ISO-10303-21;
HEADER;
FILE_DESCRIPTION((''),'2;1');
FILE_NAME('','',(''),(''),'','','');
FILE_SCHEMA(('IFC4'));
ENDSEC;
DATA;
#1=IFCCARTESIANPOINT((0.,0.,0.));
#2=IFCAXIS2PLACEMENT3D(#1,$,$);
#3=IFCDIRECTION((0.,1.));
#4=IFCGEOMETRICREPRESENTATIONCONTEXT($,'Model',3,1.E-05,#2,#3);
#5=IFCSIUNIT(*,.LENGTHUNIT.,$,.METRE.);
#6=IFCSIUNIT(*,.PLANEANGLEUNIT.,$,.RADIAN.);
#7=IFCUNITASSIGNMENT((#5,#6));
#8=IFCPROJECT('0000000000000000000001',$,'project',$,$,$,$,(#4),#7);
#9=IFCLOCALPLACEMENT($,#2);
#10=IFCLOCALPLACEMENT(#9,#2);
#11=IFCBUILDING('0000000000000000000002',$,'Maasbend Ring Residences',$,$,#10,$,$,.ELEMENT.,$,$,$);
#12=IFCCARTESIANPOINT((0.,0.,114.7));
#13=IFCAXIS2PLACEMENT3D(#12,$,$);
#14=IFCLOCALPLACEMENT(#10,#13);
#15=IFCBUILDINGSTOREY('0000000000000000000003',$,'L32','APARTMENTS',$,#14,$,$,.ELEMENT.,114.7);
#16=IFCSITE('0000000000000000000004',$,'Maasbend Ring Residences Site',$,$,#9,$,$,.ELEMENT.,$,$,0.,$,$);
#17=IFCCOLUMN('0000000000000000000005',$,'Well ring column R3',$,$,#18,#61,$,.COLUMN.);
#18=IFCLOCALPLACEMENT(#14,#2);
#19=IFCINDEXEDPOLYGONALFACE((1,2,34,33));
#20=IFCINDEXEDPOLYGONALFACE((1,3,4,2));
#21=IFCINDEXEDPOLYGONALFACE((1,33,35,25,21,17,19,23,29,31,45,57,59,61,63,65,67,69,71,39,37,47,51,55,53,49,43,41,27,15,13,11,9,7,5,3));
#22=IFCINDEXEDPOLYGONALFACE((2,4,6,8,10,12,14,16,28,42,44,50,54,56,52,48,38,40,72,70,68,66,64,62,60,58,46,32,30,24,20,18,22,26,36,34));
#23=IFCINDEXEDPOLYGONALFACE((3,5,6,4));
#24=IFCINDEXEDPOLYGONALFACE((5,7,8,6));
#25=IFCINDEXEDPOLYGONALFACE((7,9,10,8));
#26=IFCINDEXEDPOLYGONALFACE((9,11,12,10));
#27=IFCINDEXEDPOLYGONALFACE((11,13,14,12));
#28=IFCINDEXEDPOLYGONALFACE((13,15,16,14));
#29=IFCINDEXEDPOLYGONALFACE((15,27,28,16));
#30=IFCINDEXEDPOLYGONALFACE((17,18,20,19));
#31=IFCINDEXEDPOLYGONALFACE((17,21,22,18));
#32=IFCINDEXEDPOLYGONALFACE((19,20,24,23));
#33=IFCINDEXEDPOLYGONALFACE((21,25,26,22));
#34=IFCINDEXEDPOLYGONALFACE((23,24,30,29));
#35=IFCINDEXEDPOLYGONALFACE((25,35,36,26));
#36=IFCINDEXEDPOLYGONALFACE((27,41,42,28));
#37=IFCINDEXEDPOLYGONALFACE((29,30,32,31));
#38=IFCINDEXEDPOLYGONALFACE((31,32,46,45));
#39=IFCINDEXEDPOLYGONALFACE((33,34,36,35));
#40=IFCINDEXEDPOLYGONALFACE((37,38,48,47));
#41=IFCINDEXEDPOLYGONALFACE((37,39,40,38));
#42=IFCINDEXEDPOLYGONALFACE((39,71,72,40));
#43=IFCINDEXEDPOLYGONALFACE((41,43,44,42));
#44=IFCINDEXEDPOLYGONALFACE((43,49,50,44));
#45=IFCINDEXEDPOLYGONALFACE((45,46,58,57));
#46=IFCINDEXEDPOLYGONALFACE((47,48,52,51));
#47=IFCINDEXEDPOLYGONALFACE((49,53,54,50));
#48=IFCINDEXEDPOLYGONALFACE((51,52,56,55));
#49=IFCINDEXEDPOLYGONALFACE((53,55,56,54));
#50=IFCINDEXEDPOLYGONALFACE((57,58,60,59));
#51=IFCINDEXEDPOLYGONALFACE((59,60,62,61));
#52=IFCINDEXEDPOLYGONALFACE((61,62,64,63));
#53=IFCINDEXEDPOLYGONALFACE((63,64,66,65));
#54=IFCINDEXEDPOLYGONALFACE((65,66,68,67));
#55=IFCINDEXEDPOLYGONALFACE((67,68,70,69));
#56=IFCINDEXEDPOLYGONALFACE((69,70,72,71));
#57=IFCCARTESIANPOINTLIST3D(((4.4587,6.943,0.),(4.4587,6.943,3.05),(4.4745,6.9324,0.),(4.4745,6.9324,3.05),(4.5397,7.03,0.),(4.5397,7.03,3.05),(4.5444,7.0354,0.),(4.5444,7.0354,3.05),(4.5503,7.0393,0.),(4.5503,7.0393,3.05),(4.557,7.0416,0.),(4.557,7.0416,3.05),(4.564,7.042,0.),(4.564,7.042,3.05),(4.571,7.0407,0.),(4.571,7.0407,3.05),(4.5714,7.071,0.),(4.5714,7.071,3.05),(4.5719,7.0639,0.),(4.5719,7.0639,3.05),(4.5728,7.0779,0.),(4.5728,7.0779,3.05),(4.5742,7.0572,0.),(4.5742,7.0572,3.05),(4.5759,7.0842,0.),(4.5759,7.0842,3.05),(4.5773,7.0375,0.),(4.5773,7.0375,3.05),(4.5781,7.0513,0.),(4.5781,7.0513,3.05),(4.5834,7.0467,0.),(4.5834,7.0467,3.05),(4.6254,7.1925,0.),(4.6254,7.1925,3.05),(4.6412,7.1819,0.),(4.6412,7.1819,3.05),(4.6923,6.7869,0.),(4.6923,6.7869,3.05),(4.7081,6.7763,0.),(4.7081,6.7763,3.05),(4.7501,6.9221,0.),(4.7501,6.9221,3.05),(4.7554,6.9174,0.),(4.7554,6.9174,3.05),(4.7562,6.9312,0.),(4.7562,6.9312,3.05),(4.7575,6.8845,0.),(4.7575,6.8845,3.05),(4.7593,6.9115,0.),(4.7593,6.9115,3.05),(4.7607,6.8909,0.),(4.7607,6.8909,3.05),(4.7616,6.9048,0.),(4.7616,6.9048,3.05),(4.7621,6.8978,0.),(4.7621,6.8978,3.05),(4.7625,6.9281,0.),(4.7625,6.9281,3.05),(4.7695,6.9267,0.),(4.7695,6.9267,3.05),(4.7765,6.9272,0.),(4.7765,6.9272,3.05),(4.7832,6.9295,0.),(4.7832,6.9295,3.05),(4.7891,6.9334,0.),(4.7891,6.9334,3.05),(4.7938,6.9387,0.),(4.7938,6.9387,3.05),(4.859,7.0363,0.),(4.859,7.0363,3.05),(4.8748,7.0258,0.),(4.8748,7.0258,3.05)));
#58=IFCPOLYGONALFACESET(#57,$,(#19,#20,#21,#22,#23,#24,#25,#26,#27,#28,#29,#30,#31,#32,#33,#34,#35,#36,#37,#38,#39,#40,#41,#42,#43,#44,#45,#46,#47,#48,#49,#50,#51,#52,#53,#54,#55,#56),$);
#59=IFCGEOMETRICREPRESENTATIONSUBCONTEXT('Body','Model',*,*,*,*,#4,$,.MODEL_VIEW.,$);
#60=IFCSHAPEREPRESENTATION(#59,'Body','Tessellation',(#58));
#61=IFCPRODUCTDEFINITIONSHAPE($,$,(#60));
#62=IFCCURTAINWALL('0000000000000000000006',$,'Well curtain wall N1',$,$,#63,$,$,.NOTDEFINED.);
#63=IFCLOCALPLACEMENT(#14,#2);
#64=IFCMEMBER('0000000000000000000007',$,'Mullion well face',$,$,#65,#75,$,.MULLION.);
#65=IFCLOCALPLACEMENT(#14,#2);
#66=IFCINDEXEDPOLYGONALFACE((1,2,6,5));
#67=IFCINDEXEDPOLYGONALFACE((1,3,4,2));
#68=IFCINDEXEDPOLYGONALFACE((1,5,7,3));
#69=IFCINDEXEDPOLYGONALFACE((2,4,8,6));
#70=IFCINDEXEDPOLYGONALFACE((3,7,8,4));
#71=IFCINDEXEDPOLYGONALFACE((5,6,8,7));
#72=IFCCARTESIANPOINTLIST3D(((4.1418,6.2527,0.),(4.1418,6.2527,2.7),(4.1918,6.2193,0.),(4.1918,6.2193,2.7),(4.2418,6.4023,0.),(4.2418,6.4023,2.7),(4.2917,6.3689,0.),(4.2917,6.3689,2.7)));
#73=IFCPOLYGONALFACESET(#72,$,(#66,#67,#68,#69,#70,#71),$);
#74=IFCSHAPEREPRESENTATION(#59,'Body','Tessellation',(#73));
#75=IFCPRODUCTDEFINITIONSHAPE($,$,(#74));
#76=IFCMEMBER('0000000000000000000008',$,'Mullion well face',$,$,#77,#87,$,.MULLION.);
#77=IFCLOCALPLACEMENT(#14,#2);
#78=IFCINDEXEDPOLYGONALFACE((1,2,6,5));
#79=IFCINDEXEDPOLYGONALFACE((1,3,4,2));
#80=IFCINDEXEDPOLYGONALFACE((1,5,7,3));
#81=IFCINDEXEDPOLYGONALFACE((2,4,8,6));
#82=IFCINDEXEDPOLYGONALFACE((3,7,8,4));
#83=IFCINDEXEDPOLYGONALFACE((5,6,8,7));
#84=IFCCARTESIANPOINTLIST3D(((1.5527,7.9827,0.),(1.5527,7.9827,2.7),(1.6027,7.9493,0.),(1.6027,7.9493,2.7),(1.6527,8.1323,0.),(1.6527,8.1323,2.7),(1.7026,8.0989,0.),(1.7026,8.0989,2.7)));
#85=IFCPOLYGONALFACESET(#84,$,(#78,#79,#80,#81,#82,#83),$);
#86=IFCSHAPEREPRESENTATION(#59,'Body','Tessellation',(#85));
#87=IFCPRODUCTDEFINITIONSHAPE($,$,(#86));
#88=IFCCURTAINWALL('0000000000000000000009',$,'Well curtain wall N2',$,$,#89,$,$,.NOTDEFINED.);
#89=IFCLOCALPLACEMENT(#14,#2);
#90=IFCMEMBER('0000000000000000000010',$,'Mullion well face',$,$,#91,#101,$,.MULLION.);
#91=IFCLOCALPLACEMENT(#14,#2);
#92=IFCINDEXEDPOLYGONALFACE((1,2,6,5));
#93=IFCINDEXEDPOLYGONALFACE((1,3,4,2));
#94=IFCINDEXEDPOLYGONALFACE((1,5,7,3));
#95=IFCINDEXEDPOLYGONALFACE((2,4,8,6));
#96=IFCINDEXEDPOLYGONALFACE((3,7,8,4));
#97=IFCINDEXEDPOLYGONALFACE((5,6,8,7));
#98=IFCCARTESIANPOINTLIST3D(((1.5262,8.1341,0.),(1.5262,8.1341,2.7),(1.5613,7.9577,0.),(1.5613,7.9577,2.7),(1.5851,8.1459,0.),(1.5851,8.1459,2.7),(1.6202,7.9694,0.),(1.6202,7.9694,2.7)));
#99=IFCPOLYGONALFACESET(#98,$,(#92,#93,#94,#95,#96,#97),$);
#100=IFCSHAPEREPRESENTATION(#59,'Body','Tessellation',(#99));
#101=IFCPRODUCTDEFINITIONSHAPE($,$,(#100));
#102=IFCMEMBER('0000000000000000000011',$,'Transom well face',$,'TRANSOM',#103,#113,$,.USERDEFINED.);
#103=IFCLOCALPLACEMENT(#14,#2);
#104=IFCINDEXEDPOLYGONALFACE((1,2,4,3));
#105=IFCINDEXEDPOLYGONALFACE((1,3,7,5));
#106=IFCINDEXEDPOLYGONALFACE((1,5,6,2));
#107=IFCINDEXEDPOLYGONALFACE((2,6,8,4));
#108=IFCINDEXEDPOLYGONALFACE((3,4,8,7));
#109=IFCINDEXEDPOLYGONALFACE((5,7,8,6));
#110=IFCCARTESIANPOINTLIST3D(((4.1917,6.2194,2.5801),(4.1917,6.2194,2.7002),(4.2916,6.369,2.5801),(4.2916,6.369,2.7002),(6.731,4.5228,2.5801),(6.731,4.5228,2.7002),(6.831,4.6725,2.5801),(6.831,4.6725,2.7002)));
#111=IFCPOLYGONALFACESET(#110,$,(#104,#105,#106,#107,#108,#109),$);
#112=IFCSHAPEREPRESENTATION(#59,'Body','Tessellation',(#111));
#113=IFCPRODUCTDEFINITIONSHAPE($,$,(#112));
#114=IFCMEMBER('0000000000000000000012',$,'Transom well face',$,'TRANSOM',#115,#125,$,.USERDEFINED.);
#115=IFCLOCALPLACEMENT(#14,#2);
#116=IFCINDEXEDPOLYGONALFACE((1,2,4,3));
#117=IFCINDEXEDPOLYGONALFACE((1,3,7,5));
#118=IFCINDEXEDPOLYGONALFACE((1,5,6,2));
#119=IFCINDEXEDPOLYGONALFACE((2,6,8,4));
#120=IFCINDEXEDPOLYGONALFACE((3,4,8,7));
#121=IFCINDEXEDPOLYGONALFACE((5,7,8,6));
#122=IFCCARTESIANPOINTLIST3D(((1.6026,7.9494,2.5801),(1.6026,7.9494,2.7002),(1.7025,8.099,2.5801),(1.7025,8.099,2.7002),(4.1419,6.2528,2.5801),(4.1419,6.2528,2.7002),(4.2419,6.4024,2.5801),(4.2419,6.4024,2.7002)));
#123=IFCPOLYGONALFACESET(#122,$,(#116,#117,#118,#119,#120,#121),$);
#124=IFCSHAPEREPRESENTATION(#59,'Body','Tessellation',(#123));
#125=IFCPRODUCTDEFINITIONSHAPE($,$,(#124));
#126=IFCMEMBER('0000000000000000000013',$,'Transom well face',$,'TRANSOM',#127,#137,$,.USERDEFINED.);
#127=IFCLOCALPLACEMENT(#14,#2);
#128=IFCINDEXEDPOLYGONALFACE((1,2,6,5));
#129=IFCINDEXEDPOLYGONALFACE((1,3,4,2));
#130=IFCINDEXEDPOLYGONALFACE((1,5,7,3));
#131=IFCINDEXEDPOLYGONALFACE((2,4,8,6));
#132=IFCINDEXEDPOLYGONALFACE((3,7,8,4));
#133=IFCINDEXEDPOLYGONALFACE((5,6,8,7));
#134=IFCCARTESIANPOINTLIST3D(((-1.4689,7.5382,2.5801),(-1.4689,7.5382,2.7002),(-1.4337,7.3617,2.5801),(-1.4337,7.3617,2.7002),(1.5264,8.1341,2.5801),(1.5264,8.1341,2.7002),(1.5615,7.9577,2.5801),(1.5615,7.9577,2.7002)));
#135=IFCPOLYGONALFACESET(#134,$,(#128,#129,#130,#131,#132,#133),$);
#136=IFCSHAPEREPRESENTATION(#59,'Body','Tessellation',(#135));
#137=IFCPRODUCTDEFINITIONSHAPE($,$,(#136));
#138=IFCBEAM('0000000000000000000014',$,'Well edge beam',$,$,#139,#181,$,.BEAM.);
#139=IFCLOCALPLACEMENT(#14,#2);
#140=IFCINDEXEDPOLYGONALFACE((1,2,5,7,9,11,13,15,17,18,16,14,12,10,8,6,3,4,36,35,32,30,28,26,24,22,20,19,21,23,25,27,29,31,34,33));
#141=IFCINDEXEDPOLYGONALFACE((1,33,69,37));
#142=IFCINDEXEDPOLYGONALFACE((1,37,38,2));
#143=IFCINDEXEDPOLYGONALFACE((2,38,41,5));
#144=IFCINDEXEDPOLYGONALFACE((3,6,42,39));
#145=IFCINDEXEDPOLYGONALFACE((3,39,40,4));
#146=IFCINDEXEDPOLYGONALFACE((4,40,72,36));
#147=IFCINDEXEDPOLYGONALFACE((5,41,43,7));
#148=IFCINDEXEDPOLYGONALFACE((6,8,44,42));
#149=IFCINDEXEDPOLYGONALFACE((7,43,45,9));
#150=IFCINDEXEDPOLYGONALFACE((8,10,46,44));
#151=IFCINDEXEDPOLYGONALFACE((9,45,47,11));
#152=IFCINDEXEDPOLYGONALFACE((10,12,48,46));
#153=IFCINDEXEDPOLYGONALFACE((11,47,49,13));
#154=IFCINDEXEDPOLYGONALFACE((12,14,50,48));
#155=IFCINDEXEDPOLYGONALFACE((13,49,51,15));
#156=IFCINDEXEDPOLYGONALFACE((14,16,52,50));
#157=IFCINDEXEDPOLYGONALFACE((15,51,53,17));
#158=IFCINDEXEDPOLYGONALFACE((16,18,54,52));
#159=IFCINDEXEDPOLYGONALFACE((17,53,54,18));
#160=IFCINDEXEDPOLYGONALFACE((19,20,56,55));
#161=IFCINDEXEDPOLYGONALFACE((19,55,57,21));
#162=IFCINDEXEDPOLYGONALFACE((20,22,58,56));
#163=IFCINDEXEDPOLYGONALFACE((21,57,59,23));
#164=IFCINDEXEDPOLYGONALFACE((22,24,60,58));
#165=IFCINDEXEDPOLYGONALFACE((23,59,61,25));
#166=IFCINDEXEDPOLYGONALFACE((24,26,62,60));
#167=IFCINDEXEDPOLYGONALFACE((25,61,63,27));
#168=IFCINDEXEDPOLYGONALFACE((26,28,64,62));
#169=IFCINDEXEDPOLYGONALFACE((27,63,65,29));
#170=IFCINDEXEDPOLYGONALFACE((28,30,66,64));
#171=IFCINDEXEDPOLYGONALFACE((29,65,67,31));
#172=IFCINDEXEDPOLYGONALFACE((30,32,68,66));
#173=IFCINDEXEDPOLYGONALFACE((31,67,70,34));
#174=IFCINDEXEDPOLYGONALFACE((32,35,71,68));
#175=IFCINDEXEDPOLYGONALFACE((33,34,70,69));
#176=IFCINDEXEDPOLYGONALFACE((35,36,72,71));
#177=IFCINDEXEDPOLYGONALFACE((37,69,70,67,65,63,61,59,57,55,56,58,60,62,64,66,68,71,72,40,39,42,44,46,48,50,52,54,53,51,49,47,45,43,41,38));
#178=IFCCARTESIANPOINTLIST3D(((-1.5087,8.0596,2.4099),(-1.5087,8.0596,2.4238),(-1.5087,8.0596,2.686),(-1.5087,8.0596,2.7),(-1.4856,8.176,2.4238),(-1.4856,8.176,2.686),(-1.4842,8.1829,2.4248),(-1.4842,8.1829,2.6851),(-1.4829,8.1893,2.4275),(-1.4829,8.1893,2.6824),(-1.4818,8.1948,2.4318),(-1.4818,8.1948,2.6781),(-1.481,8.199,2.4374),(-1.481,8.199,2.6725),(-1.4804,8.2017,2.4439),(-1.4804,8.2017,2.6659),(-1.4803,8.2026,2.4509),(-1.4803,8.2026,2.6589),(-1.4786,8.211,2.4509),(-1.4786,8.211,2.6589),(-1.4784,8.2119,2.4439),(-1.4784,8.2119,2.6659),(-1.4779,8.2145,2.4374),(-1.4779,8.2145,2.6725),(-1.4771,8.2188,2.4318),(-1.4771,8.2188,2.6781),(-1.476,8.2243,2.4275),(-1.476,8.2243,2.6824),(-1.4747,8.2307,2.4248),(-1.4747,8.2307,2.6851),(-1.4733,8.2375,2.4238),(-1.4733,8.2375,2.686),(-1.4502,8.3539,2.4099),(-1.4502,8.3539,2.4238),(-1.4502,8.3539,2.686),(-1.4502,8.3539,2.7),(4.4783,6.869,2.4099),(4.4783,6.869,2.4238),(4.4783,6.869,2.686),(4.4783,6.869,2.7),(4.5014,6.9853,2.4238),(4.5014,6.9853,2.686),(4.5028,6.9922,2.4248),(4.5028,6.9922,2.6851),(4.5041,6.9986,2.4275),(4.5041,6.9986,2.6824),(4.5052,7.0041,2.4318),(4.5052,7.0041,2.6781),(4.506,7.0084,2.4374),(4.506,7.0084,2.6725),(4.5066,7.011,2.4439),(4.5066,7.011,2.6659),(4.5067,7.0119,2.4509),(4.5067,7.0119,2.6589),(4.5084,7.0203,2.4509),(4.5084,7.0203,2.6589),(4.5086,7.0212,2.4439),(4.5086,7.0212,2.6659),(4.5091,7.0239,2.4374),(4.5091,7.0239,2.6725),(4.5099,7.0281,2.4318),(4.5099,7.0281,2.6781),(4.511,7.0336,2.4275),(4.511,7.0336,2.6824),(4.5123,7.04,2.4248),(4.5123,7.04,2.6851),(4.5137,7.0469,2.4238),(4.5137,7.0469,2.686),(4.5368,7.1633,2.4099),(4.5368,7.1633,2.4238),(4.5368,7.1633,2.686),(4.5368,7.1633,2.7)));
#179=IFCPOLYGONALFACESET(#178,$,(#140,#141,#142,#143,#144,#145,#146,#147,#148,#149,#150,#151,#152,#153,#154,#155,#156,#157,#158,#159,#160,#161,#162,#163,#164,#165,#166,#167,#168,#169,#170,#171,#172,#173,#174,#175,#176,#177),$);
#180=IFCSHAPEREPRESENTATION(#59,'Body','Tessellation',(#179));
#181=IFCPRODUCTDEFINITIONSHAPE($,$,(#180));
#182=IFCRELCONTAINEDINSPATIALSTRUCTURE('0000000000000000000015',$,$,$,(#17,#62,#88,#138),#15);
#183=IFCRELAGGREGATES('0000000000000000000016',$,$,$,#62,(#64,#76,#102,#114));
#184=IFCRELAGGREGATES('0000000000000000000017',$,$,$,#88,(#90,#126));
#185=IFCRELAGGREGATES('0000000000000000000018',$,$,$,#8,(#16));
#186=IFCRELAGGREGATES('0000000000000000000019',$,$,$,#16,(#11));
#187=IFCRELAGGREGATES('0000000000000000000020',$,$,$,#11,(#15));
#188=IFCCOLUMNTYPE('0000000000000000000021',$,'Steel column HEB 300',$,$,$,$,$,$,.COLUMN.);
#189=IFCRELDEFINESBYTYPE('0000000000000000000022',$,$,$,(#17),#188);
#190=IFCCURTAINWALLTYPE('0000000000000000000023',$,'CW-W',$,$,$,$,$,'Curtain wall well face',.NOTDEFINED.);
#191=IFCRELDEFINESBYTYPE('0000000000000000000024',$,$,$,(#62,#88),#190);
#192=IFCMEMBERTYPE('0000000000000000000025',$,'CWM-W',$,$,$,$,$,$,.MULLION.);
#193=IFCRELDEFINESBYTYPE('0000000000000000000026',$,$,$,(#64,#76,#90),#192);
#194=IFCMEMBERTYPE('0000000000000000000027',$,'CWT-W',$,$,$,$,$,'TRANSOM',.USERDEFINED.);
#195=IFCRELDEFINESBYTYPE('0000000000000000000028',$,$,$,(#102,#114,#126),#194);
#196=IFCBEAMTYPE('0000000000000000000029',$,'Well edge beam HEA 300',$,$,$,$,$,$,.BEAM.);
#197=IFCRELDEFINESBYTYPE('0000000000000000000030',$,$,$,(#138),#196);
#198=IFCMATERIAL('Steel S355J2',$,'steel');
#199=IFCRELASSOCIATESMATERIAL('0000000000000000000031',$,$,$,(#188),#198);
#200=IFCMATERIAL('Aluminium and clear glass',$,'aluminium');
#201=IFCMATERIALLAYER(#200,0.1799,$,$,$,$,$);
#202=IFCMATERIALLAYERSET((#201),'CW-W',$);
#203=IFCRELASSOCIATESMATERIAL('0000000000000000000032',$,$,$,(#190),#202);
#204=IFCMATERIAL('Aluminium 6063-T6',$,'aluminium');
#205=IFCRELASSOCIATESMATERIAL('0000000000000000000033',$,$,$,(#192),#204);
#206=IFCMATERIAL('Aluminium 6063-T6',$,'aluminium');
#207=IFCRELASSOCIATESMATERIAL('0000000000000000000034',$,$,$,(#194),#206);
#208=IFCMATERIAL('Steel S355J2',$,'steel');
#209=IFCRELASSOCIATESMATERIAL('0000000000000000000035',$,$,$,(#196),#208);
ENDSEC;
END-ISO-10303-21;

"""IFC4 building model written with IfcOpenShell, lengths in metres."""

from ifc_helpers import new_model, si_unit, direction, frame, origin, origin_2d, place, context, subcontext, project, spatial, rectangle, i_section, extrude, material, layer, layer_set, material_profile, profile_set, type_object, element, aggregate, save


model = new_model("IFC4")

# Units and contexts
model_context = context("Model", 3, precision=1e-05, world=origin(), true_north=direction((0.0, 1.0)))
body_context = subcontext(model_context, "Body", "Model", "MODEL_VIEW")
ifc_project = project(units=[si_unit("LENGTHUNIT", "METRE"), si_unit("PLANEANGLEUNIT", "RADIAN")], contexts=[model_context])

# Site, building, storey
site_placement = place(None, origin())
site = spatial("IfcSite", under=ifc_project, at=site_placement, Name="Maasbend Ring Residences Site", CompositionType="ELEMENT", RefElevation=0.0)
building_placement = place(site_placement, origin())
building = spatial("IfcBuilding", under=site, at=building_placement, Name="Maasbend Ring Residences", CompositionType="ELEMENT")
storey_placement = place(building_placement, frame((0.0, 0.0, 114.7)))
storey = spatial("IfcBuildingStorey", under=building, at=storey_placement, Name="L32", Description="APARTMENTS", CompositionType="ELEMENT", Elevation=114.7)

# Column
ifc_material_1 = material(Name="Steel S355J2", Category="steel")
ifc_material_profile_1 = material_profile(ifc_material_1, i_section(OverallWidth=0.3, OverallDepth=0.3, WebThickness=0.011, FlangeThickness=0.019, FilletRadius=0.0271, at=origin_2d()), Name="HEB 300")
ifc_profile_set_1 = profile_set([ifc_material_profile_1], Name="Steel S355J2")
column_type = type_object("IfcColumnType", Name="Steel column HEB 300", PredefinedType="COLUMN", material=ifc_profile_set_1)
column_placement = place(storey_placement, frame((4.6667, 6.9844, 0.0), z_axis=(0.0, 0.0, 1.0), x_axis=(0.55557, 0.83147, 0.0)))
element("IfcColumn", 1, at=column_placement, inside=storey, type_object=column_type, Name="Well ring column R3", PredefinedType="COLUMN", context=body_context, shape_type="SweptSolid", body=[
    extrude(i_section(OverallWidth=0.3, OverallDepth=0.3, WebThickness=0.011, FlangeThickness=0.019, FilletRadius=0.0271, at=origin_2d()), origin(), (0.0, 0.0, 1.0), 3.05),
])

# Curtain wall, members
ifc_material_2 = material(Name="Aluminium and clear glass", Category="aluminium")
ifc_layer_1 = layer(ifc_material_2, 0.1799)
ifc_layer_set_1 = layer_set([ifc_layer_1], Name="CW-W")
curtain_wall_type = type_object("IfcCurtainWallType", Name="CW-W", ElementType="Curtain wall well face", PredefinedType="NOTDEFINED", material=ifc_layer_set_1)
curtain_wall_1_placement = place(storey_placement, origin())
curtain_wall_1 = element("IfcCurtainWall", 2, at=curtain_wall_1_placement, inside=storey, type_object=curtain_wall_type, Name="Well curtain wall N1", PredefinedType="NOTDEFINED")
ifc_material_3 = material(Name="Aluminium 6063-T6", Category="aluminium")
ifc_material_profile_2 = material_profile(ifc_material_3, rectangle(XDim=0.1799, YDim=0.0601, at=origin_2d()), Name="AL 180x60")
ifc_profile_set_2 = profile_set([ifc_material_profile_2], Name="Aluminium 6063-T6")
member_type_1 = type_object("IfcMemberType", Name="CWM-W", PredefinedType="MULLION", material=ifc_profile_set_2)
member_1_placement = place(storey_placement, frame((4.2168, 6.3108, 0.0), z_axis=(0.0, 0.0, 1.0), x_axis=(-0.55557, -0.83147, 0.0)))
member_1 = element("IfcMember", 3, at=member_1_placement, type_object=member_type_1, Name="Mullion well face", PredefinedType="MULLION", context=body_context, shape_type="SweptSolid", body=[
    extrude(rectangle(XDim=0.1799, YDim=0.0601, at=origin_2d()), origin(), (0.0, 0.0, 1.0), 2.7),
])
member_2_placement = place(storey_placement, frame((1.6277, 8.0408, 0.0), z_axis=(0.0, 0.0, 1.0), x_axis=(-0.55557, -0.83147, 0.0)))
member_2 = element("IfcMember", 4, at=member_2_placement, type_object=member_type_1, Name="Mullion well face", PredefinedType="MULLION", context=body_context, shape_type="SweptSolid", body=[
    extrude(rectangle(XDim=0.1799, YDim=0.0601, at=origin_2d()), origin(), (0.0, 0.0, 1.0), 2.7),
])

# Curtain wall, member
curtain_wall_2_placement = place(storey_placement, origin())
curtain_wall_2 = element("IfcCurtainWall", 5, at=curtain_wall_2_placement, inside=storey, type_object=curtain_wall_type, Name="Well curtain wall N2", PredefinedType="NOTDEFINED")
member_3_placement = place(storey_placement, frame((1.5732, 8.0518, 0.0), z_axis=(0.0, 0.0, 1.0), x_axis=(0.19509, -0.980785, 0.0)))
member_3 = element("IfcMember", 6, at=member_3_placement, type_object=member_type_1, Name="Mullion well face", PredefinedType="MULLION", context=body_context, shape_type="SweptSolid", body=[
    extrude(rectangle(XDim=0.1799, YDim=0.0601, at=origin_2d()), origin(), (0.0, 0.0, 1.0), 2.7),
])

# Members
ifc_material_4 = material(Name="Aluminium 6063-T6", Category="aluminium")
ifc_material_profile_3 = material_profile(ifc_material_4, rectangle(XDim=0.1799, YDim=0.1201, at=origin_2d()), Name="AL 180x120")
ifc_profile_set_3 = profile_set([ifc_material_profile_3], Name="Aluminium 6063-T6")
member_type_2 = type_object("IfcMemberType", Name="CWT-W", ElementType="TRANSOM", PredefinedType="USERDEFINED", material=ifc_profile_set_3)
member_4_placement = place(storey_placement, frame((6.781, 4.5977, 2.6401), z_axis=(-0.831496, 0.55553, 0.0), x_axis=(-0.55553, -0.831496, 0.0)))
member_4 = element("IfcMember", 7, at=member_4_placement, type_object=member_type_2, Name="Transom well face", ObjectType="TRANSOM", PredefinedType="USERDEFINED", context=body_context, shape_type="SweptSolid", body=[
    extrude(rectangle(XDim=0.1799, YDim=0.1201, at=origin_2d()), origin(), (0.0, 0.0, 1.0), 3.054),
])
member_5_placement = place(storey_placement, frame((4.1919, 6.3276, 2.6401), z_axis=(-0.831496, 0.55553, 0.0), x_axis=(-0.55553, -0.831496, 0.0)))
member_5 = element("IfcMember", 8, at=member_5_placement, type_object=member_type_2, Name="Transom well face", ObjectType="TRANSOM", PredefinedType="USERDEFINED", context=body_context, shape_type="SweptSolid", body=[
    extrude(rectangle(XDim=0.1799, YDim=0.1201, at=origin_2d()), origin(), (0.0, 0.0, 1.0), 3.054),
])
member_6_placement = place(storey_placement, frame((1.5439, 8.0459, 2.6401), z_axis=(-0.980777, -0.195132, 0.0), x_axis=(0.195132, -0.980777, 0.0)))
member_6 = element("IfcMember", 9, at=member_6_placement, type_object=member_type_2, Name="Transom well face", ObjectType="TRANSOM", PredefinedType="USERDEFINED", context=body_context, shape_type="SweptSolid", body=[
    extrude(rectangle(XDim=0.1799, YDim=0.1201, at=origin_2d()), origin(), (0.0, 0.0, 1.0), 3.054),
])

# Beam
ifc_material_5 = material(Name="Steel S355J2", Category="steel")
ifc_material_profile_4 = material_profile(ifc_material_5, i_section(OverallWidth=0.3, OverallDepth=0.29, WebThickness=0.0085, FlangeThickness=0.0139, FilletRadius=0.0271, at=origin_2d()), Name="HEA 300")
ifc_profile_set_4 = profile_set([ifc_material_profile_4], Name="Steel S355J2")
beam_type = type_object("IfcBeamType", Name="Well edge beam HEA 300", PredefinedType="BEAM", material=ifc_profile_set_4)
beam_placement = place(storey_placement, frame((4.5076, 7.0161, 2.5549), z_axis=(-0.980792, 0.195055, 0.0), x_axis=(-0.195055, -0.980792, 0.0)))
element("IfcBeam", 10, at=beam_placement, inside=storey, type_object=beam_type, Name="Well edge beam", PredefinedType="BEAM", context=body_context, shape_type="SweptSolid", body=[
    extrude(i_section(OverallWidth=0.3, OverallDepth=0.29, WebThickness=0.0085, FlangeThickness=0.0139, FilletRadius=0.0271, at=origin_2d()), origin(), (0.0, 0.0, 1.0), 6.1042),
])

aggregate(curtain_wall_1, [member_1, member_2, member_4, member_5])
aggregate(curtain_wall_2, [member_3, member_6])

save(model, "model.ifc")
